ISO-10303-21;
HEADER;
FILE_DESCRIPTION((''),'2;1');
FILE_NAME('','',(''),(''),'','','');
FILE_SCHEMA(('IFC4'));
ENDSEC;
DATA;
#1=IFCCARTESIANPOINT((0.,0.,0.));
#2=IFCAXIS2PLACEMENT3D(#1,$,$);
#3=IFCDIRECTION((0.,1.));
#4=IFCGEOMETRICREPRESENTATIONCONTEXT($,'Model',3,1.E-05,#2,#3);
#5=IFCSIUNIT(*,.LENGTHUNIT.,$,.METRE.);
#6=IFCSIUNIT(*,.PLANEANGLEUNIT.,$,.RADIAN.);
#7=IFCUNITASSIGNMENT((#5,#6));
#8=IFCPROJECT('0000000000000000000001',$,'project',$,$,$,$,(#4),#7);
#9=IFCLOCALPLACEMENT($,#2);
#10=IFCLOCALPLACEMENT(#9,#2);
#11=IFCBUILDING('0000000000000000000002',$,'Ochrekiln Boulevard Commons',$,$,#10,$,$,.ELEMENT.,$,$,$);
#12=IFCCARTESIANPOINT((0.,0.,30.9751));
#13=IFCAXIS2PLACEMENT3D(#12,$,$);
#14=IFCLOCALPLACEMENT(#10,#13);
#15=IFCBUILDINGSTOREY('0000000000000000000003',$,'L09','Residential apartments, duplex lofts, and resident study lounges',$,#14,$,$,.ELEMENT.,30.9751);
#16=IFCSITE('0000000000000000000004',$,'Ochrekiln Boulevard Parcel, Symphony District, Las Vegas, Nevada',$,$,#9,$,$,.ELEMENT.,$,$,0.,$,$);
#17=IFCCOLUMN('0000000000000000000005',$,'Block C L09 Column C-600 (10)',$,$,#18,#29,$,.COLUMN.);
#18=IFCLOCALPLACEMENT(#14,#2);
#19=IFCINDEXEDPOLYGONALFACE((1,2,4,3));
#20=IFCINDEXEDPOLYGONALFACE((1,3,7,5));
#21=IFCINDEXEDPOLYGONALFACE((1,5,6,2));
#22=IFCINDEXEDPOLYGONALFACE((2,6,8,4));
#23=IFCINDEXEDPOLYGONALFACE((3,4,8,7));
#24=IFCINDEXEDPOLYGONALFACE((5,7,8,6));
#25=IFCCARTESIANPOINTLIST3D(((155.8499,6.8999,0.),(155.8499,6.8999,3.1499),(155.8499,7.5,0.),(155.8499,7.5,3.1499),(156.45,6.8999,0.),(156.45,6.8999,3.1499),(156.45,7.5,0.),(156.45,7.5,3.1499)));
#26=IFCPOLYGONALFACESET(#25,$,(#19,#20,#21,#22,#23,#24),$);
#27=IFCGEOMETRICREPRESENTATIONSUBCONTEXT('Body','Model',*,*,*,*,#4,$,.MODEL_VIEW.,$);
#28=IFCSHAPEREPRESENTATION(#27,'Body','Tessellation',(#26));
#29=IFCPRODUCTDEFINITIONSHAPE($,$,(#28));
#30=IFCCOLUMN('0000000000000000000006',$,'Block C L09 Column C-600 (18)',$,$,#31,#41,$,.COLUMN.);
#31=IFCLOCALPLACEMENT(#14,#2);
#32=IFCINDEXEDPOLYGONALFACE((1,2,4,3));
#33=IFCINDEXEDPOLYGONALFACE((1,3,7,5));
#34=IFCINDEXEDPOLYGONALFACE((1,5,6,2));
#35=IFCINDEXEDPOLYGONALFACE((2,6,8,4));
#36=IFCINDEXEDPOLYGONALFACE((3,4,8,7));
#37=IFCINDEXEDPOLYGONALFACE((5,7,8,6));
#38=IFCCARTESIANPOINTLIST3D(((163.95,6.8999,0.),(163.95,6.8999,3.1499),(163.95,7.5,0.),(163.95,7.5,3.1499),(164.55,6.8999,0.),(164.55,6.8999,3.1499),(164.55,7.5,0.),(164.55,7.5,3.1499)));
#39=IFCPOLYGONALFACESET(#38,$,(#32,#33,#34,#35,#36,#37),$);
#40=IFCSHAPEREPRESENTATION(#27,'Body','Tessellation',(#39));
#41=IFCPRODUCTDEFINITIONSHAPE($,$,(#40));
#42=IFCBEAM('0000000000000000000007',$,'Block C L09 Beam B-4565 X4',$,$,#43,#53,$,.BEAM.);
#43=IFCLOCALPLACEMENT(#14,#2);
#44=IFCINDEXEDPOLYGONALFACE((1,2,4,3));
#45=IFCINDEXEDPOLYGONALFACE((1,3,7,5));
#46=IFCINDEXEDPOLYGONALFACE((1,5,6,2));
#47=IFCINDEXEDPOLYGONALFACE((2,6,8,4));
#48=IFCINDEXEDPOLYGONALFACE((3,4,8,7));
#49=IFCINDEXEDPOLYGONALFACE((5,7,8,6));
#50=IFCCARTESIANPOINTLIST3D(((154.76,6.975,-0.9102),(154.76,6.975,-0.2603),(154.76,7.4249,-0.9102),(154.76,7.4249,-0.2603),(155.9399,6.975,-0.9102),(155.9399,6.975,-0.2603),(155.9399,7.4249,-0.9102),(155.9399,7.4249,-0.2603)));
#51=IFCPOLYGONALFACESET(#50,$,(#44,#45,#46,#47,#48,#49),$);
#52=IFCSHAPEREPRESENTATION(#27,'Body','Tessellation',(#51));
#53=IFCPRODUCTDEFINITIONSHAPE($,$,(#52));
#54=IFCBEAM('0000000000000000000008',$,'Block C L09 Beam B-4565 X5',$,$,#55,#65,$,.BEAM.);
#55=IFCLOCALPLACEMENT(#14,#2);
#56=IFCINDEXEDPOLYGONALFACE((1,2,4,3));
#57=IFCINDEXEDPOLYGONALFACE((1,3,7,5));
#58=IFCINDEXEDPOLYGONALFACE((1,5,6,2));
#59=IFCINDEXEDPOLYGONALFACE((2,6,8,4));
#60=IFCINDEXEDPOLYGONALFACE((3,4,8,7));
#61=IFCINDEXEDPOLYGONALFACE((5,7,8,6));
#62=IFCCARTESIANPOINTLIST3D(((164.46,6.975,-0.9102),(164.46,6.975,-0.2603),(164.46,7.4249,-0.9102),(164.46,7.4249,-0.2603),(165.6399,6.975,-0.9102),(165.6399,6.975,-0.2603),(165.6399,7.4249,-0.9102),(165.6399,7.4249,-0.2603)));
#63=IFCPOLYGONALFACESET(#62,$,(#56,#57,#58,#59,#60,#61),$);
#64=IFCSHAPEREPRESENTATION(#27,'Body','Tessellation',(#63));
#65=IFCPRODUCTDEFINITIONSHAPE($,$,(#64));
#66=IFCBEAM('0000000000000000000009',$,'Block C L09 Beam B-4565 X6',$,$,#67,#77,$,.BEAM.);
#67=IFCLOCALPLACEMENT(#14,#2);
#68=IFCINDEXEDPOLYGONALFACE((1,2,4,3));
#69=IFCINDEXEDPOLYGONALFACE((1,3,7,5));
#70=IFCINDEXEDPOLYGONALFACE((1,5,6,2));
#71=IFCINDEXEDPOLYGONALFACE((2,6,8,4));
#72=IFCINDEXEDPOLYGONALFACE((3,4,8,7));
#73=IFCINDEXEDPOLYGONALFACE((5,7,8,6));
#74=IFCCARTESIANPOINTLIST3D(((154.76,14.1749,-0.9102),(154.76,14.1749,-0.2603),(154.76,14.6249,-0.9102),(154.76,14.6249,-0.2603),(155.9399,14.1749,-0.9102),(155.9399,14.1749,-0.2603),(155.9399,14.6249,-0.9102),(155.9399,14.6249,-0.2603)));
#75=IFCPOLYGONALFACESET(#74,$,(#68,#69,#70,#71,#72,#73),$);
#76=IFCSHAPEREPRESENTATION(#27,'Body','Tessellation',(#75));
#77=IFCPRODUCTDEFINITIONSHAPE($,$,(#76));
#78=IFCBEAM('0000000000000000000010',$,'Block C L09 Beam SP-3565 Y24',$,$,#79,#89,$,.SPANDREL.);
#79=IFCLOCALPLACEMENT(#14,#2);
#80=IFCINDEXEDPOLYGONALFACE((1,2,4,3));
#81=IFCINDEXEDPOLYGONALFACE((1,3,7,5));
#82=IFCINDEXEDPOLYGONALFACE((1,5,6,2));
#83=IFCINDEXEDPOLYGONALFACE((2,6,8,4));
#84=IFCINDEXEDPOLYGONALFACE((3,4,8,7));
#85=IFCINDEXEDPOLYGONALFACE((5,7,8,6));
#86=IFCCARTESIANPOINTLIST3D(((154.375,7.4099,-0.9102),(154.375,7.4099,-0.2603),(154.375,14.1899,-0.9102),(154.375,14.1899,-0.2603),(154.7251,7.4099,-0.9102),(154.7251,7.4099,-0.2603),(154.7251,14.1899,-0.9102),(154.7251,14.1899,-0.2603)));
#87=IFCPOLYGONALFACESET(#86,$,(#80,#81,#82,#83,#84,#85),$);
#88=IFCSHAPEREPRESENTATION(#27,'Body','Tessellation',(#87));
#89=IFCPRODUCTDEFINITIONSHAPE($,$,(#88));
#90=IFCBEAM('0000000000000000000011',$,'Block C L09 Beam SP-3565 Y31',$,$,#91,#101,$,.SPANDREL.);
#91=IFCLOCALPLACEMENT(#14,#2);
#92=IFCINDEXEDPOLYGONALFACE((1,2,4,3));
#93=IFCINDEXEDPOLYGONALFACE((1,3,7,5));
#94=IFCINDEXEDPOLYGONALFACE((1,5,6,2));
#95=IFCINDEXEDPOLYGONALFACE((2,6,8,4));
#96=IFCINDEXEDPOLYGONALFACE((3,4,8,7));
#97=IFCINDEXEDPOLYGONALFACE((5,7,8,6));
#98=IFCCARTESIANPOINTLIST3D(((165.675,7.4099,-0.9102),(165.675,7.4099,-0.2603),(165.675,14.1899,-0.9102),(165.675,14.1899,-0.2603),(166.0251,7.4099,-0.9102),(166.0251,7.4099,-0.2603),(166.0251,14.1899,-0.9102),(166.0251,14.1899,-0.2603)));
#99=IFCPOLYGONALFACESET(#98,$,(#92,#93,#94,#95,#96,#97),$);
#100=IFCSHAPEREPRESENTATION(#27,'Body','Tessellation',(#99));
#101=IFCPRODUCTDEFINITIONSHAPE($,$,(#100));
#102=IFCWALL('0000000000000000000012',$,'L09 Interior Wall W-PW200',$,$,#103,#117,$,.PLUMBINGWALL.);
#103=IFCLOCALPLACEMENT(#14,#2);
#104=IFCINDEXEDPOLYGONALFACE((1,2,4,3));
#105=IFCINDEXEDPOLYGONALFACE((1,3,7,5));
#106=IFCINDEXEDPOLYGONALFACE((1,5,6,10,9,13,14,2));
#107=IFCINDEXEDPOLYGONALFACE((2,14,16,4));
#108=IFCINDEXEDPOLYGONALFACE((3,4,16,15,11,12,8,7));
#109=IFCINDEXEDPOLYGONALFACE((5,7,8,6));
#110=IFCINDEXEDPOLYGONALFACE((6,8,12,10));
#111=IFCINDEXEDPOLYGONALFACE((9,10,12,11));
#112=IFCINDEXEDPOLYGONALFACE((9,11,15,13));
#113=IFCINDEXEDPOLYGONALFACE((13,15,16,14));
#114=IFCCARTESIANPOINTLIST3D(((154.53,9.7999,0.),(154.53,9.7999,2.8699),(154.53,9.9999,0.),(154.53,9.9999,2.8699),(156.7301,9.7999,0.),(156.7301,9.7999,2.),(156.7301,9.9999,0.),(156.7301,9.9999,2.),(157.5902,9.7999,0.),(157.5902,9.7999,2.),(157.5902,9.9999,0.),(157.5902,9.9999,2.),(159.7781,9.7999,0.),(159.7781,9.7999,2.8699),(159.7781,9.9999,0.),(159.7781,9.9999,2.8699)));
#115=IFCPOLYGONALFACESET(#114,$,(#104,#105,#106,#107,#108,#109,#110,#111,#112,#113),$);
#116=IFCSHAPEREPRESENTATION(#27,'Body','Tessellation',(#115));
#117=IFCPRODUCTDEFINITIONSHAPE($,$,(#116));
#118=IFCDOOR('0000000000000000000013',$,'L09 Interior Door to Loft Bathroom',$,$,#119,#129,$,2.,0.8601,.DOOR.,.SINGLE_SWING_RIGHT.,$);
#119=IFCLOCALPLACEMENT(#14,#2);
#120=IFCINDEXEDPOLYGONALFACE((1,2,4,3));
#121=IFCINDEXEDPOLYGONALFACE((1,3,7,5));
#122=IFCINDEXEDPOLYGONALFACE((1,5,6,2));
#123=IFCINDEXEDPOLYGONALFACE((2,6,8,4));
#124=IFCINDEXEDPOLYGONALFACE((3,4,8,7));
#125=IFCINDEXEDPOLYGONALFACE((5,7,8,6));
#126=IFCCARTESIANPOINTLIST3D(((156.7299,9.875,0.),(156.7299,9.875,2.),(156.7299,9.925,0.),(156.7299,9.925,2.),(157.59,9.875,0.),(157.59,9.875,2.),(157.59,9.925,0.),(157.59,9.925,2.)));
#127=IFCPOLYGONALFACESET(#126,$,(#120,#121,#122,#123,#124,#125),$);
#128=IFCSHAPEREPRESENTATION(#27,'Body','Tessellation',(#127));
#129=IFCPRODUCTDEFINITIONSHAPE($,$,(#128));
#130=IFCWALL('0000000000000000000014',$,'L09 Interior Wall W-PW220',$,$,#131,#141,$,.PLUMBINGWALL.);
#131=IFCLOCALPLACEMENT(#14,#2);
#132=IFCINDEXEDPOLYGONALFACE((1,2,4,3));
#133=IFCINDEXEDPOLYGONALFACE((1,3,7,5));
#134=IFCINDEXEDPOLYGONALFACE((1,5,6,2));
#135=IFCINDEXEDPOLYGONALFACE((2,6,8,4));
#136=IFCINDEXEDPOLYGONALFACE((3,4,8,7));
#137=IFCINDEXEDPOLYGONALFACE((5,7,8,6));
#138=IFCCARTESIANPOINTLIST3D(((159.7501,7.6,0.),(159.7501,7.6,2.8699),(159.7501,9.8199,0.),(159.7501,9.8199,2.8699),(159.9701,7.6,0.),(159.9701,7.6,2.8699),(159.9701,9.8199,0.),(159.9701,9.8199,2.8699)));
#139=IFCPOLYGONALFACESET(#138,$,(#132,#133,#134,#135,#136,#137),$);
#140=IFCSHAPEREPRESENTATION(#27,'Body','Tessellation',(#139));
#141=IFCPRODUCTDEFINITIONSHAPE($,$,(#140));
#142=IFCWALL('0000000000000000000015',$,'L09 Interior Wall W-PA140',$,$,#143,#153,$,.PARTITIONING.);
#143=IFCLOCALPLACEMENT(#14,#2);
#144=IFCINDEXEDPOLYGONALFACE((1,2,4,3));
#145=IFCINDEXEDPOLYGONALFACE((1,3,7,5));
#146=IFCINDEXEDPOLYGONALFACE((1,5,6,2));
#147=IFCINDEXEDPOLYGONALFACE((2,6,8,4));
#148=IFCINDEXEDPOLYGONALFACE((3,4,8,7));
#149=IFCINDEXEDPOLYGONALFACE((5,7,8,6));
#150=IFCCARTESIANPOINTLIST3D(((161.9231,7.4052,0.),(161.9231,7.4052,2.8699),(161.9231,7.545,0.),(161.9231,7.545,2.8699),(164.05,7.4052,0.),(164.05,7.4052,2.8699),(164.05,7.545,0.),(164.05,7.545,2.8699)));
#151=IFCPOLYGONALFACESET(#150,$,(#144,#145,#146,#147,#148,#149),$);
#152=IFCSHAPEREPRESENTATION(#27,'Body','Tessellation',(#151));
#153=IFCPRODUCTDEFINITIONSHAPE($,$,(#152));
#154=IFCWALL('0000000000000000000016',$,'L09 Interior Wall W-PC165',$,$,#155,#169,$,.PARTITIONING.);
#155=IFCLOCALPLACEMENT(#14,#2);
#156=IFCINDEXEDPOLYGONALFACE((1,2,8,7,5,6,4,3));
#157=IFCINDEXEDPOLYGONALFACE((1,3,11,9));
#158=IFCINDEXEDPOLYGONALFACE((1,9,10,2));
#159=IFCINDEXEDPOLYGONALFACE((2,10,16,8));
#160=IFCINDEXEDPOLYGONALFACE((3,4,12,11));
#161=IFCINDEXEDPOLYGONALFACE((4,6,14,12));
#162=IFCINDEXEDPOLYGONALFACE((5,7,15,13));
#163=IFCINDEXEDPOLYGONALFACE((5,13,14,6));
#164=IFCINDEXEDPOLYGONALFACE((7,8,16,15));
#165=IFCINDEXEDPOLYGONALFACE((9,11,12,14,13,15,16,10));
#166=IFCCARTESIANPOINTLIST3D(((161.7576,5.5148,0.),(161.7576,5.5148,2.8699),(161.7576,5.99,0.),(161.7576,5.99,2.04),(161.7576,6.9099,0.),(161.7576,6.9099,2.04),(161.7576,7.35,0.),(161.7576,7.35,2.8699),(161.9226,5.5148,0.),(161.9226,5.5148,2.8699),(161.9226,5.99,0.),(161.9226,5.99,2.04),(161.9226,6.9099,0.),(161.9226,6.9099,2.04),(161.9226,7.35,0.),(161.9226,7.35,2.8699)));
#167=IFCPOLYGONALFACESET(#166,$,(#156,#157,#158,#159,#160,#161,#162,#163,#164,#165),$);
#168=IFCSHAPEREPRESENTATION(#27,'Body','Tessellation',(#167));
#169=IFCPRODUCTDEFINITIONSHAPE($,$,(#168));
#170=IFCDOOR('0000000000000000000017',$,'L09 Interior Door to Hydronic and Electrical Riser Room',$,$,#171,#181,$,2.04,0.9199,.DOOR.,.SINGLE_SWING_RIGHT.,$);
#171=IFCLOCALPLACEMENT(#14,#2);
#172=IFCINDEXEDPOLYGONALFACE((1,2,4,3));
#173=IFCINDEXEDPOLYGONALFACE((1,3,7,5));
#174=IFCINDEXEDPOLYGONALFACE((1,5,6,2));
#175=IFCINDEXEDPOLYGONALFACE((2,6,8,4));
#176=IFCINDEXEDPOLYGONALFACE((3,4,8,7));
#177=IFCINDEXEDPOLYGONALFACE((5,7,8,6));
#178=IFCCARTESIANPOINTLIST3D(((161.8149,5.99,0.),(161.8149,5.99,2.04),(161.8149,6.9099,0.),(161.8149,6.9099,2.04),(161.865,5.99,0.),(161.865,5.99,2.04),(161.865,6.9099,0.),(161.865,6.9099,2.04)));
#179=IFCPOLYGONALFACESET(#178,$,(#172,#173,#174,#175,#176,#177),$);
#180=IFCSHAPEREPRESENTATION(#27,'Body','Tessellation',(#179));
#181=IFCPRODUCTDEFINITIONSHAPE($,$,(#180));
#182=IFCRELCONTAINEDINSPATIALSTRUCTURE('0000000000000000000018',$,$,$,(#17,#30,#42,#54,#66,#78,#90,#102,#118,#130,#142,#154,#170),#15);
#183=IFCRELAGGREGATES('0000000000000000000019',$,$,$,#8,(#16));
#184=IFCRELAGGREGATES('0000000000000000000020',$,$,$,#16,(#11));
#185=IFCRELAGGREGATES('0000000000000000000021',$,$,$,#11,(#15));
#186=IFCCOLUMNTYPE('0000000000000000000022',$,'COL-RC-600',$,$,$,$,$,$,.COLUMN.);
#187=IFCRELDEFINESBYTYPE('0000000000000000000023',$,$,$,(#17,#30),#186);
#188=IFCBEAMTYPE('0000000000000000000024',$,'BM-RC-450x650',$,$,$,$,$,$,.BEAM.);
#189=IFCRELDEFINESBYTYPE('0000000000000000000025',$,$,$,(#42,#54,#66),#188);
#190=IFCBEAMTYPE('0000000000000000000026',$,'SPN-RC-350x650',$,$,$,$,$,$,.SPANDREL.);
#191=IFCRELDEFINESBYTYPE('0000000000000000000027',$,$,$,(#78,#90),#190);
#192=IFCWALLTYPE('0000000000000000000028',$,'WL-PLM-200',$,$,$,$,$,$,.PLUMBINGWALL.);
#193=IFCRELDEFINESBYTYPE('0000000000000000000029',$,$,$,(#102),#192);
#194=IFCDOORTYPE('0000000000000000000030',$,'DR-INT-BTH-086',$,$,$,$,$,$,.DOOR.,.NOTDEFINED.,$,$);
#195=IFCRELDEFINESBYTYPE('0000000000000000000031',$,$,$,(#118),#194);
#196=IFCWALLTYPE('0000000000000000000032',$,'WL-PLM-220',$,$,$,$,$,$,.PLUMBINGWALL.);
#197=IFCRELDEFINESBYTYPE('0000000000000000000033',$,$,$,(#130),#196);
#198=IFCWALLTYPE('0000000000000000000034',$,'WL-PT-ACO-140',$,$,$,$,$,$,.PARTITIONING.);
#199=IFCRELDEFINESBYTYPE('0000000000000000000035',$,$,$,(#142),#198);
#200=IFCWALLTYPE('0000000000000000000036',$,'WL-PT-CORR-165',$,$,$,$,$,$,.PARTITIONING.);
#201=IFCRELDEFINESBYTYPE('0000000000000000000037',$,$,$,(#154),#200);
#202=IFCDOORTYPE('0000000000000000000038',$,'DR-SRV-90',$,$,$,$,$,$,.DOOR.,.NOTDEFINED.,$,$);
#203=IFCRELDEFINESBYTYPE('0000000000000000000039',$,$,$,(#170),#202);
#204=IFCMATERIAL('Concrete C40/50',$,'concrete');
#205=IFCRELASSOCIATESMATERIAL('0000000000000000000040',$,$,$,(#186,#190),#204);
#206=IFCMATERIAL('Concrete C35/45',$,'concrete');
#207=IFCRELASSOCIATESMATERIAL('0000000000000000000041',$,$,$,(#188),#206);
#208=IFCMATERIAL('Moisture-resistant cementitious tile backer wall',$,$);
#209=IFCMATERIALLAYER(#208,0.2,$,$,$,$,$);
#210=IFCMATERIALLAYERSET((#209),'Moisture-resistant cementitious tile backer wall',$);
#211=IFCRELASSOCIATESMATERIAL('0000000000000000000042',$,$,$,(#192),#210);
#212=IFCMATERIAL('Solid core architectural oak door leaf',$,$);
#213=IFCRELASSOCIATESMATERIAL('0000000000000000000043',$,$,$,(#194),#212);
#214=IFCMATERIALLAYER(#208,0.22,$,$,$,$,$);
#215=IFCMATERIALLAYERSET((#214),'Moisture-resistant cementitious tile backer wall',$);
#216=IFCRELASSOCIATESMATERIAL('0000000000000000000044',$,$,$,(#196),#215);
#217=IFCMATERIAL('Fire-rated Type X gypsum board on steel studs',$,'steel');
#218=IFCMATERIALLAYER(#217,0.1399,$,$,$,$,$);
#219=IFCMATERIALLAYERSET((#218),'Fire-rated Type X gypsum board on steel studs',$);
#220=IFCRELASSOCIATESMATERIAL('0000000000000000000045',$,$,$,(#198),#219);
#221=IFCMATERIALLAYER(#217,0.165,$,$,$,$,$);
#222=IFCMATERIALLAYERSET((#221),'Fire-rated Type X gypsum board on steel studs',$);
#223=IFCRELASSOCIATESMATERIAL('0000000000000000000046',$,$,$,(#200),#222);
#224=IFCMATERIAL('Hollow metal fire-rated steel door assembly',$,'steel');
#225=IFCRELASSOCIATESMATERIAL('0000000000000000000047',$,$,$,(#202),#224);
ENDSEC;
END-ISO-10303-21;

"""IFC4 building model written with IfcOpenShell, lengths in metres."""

from ifc_helpers import new_model, si_unit, direction, frame, frame_2d, origin, origin_2d, place, context, subcontext, project, spatial, rectangle, extrude, material, layer, layer_set, material_profile, profile_set, type_object, element, fill, save


model = new_model("IFC4")

# Units and contexts
model_context = context("Model", 3, precision=1e-05, world=origin(), true_north=direction((0.0, 1.0)))
body_context = subcontext(model_context, "Body", "Model", "MODEL_VIEW")
ifc_project = project(units=[si_unit("LENGTHUNIT", "METRE"), si_unit("PLANEANGLEUNIT", "RADIAN")], contexts=[model_context])

# Site, building, storey
site_placement = place(None, origin())
site = spatial("IfcSite", under=ifc_project, at=site_placement, Name="Ochrekiln Boulevard Parcel, Symphony District, Las Vegas, Nevada", CompositionType="ELEMENT", RefElevation=0.0)
building_placement = place(site_placement, origin())
building = spatial("IfcBuilding", under=site, at=building_placement, Name="Ochrekiln Boulevard Commons", CompositionType="ELEMENT")
storey_placement = place(building_placement, frame((0.0, 0.0, 30.9751)))
storey = spatial("IfcBuildingStorey", under=building, at=storey_placement, Name="L09", Description="Residential apartments, duplex lofts, and resident study lounges", CompositionType="ELEMENT", Elevation=30.9751)

# Columns
ifc_material_1 = material(Name="Concrete C40/50", Category="concrete")
ifc_material_profile_1 = material_profile(ifc_material_1, rectangle(XDim=0.6001, YDim=0.6001, at=origin_2d()), Name="RC-COL-600x600")
ifc_profile_set_1 = profile_set([ifc_material_profile_1], Name="Concrete C40/50")
column_type = type_object("IfcColumnType", Name="COL-RC-600", PredefinedType="COLUMN", material=ifc_profile_set_1)
for number, where, z_axis, x_axis, name in (
    (1, (156.1499, 7.2, 0.0), (0.0, 0.0, 1.0), (1.0, 0.0, 0.0), "Block C L09 Column C-600 (10)"),
    (2, (164.25, 7.2, 0.0), (0.0, 0.0, 1.0), (1.0, 0.0, 0.0), "Block C L09 Column C-600 (18)"),
):
    element("IfcColumn", number, at=place(storey_placement, frame(where, z_axis=z_axis, x_axis=x_axis)), inside=storey, type_object=column_type, Name=name, PredefinedType="COLUMN", context=body_context, shape_type="SweptSolid", body=[
        extrude(rectangle(XDim=0.6001, YDim=0.6001, at=origin_2d()), origin(), (0.0, 0.0, 1.0), 3.1499),
    ])

# Beams
ifc_material_2 = material(Name="Concrete C35/45", Category="concrete")
ifc_material_profile_2 = material_profile(ifc_material_2, rectangle(XDim=0.45, YDim=0.6499, at=origin_2d()), Name="RC-BM-450x650")
ifc_profile_set_2 = profile_set([ifc_material_profile_2], Name="Concrete C35/45")
beam_type_1 = type_object("IfcBeamType", Name="BM-RC-450x650", PredefinedType="BEAM", material=ifc_profile_set_2)
for number, where, z_axis, x_axis, name in (
    (3, (154.76, 7.2, -0.5852), (1.0, 0.0, 0.0), (0.0, 1.0, 0.0), "Block C L09 Beam B-4565 X4"),
    (4, (164.46, 7.2, -0.5852), (1.0, 0.0, 0.0), (0.0, 1.0, 0.0), "Block C L09 Beam B-4565 X5"),
    (5, (154.76, 14.3999, -0.5852), (1.0, 0.0, 0.0), (0.0, 1.0, 0.0), "Block C L09 Beam B-4565 X6"),
):
    element("IfcBeam", number, at=place(storey_placement, frame(where, z_axis=z_axis, x_axis=x_axis)), inside=storey, type_object=beam_type_1, Name=name, PredefinedType="BEAM", context=body_context, shape_type="SweptSolid", body=[
        extrude(rectangle(XDim=0.45, YDim=0.6499, at=origin_2d()), origin(), (0.0, 0.0, 1.0), 1.1799),
    ])
ifc_material_profile_3 = material_profile(ifc_material_1, rectangle(XDim=0.3501, YDim=0.6499, at=origin_2d()), Name="RC-SPN-350x650")
ifc_profile_set_3 = profile_set([ifc_material_profile_3], Name="Concrete C40/50")
beam_type_2 = type_object("IfcBeamType", Name="SPN-RC-350x650", PredefinedType="SPANDREL", material=ifc_profile_set_3)
for number, where, z_axis, x_axis, name in (
    (6, (154.55, 7.4099, -0.5852), (0.0, 1.0, 0.0), (-1.0, 0.0, 0.0), "Block C L09 Beam SP-3565 Y24"),
    (7, (165.8501, 7.4099, -0.5852), (0.0, 1.0, 0.0), (-1.0, 0.0, 0.0), "Block C L09 Beam SP-3565 Y31"),
):
    element("IfcBeam", number, at=place(storey_placement, frame(where, z_axis=z_axis, x_axis=x_axis)), inside=storey, type_object=beam_type_2, Name=name, PredefinedType="SPANDREL", context=body_context, shape_type="SweptSolid", body=[
        extrude(rectangle(XDim=0.3501, YDim=0.6499, at=origin_2d()), origin(), (0.0, 0.0, 1.0), 6.78),
    ])

# Wall, opening, door
ifc_material_3 = material(Name="Moisture-resistant cementitious tile backer wall")
ifc_layer_1 = layer(ifc_material_3, 0.2)
ifc_layer_set_1 = layer_set([ifc_layer_1], Name="Moisture-resistant cementitious tile backer wall")
wall_type_1 = type_object("IfcWallType", Name="WL-PLM-200", PredefinedType="PLUMBINGWALL", material=ifc_layer_set_1)
wall_1_placement = place(storey_placement, frame((154.53, 9.8999, 0.0), z_axis=(0.0, 0.0, 1.0), x_axis=(1.0, 0.0, 0.0)))
wall_1 = element("IfcWall", 8, at=wall_1_placement, inside=storey, type_object=wall_type_1, Name="L09 Interior Wall W-PW200", PredefinedType="PLUMBINGWALL", context=body_context, shape_type="SweptSolid", body=[
    extrude(rectangle(XDim=5.248, YDim=0.2, at=frame_2d((2.624, 0.0))), origin(), (0.0, 0.0, 1.0), 2.8699),
])
opening_1_placement = place(wall_1_placement, frame((2.2, 0.0, 0.0)))
opening_1 = element("IfcOpeningElement", 9, at=opening_1_placement, cuts=wall_1, PredefinedType="OPENING", context=body_context, shape_type="SweptSolid", body=[
    extrude(rectangle(XDim=0.8601, YDim=2.0, at=frame_2d((0.4302, 1.0))), frame((0.0, 0.1099, 0.0), z_axis=(0.0, -1.0, 0.0), x_axis=(1.0, 0.0, 0.0)), (0.0, 0.0, 1.0), 0.22),
])
ifc_material_4 = material(Name="Solid core architectural oak door leaf")
door_type_1 = type_object("IfcDoorType", Name="DR-INT-BTH-086", OperationType="NOTDEFINED", PredefinedType="DOOR", material=ifc_material_4)
door_1_placement = place(opening_1_placement, frame((0.8601, 0.0, 0.0), z_axis=(0.0, 0.0, 1.0), x_axis=(-1.0, 0.0, 0.0)))
door_1 = element("IfcDoor", 10, at=door_1_placement, inside=storey, type_object=door_type_1, Name="L09 Interior Door to Loft Bathroom", OperationType="SINGLE_SWING_RIGHT", OverallHeight=2.0, OverallWidth=0.8601, PredefinedType="DOOR", context=body_context, shape_type="SweptSolid", body=[
    extrude(rectangle(XDim=0.8601, YDim=2.0, at=frame_2d((0.4302, 1.0))), frame((0.0, 0.0249, 0.0), z_axis=(0.0, -1.0, 0.0), x_axis=(1.0, 0.0, 0.0)), (0.0, 0.0, 1.0), 0.05),
])
fill(opening_1, door_1)

# Walls
ifc_layer_2 = layer(ifc_material_3, 0.22)
ifc_layer_set_2 = layer_set([ifc_layer_2], Name="Moisture-resistant cementitious tile backer wall")
wall_type_2 = type_object("IfcWallType", Name="WL-PLM-220", PredefinedType="PLUMBINGWALL", material=ifc_layer_set_2)
wall_2_placement = place(storey_placement, frame((159.8601, 7.6001, 0.0), z_axis=(0.0, 0.0, 1.0), x_axis=(0.0, 1.0, 0.0)))
element("IfcWall", 11, at=wall_2_placement, inside=storey, type_object=wall_type_2, Name="L09 Interior Wall W-PW220", PredefinedType="PLUMBINGWALL", context=body_context, shape_type="SweptSolid", body=[
    extrude(rectangle(XDim=2.22, YDim=0.22, at=frame_2d((1.1099, 0.0))), origin(), (0.0, 0.0, 1.0), 2.8699),
])
ifc_material_5 = material(Name="Fire-rated Type X gypsum board on steel studs", Category="steel")
ifc_layer_3 = layer(ifc_material_5, 0.1399)
ifc_layer_set_3 = layer_set([ifc_layer_3], Name="Fire-rated Type X gypsum board on steel studs")
wall_type_3 = type_object("IfcWallType", Name="WL-PT-ACO-140", PredefinedType="PARTITIONING", material=ifc_layer_set_3)
wall_3_placement = place(storey_placement, frame((161.9231, 7.4751, 0.0), z_axis=(0.0, 0.0, 1.0), x_axis=(1.0, 0.0, 0.0)))
element("IfcWall", 12, at=wall_3_placement, inside=storey, type_object=wall_type_3, Name="L09 Interior Wall W-PA140", PredefinedType="PARTITIONING", context=body_context, shape_type="SweptSolid", body=[
    extrude(rectangle(XDim=2.127, YDim=0.1399, at=frame_2d((1.0635, 0.0))), origin(), (0.0, 0.0, 1.0), 2.8699),
])

# Wall, opening, door
ifc_layer_4 = layer(ifc_material_5, 0.165)
ifc_layer_set_4 = layer_set([ifc_layer_4], Name="Fire-rated Type X gypsum board on steel studs")
wall_type_4 = type_object("IfcWallType", Name="WL-PT-CORR-165", PredefinedType="PARTITIONING", material=ifc_layer_set_4)
wall_4_placement = place(storey_placement, frame((161.8401, 5.5149, 0.0), z_axis=(0.0, 0.0, 1.0), x_axis=(0.0, 1.0, 0.0)))
wall_4 = element("IfcWall", 13, at=wall_4_placement, inside=storey, type_object=wall_type_4, Name="L09 Interior Wall W-PC165", PredefinedType="PARTITIONING", context=body_context, shape_type="SweptSolid", body=[
    extrude(rectangle(XDim=1.8352, YDim=0.165, at=frame_2d((0.9175, 0.0))), origin(), (0.0, 0.0, 1.0), 2.8699),
])
opening_2_placement = place(wall_4_placement, frame((0.4751, 0.0, 0.0)))
opening_2 = element("IfcOpeningElement", 14, at=opening_2_placement, cuts=wall_4, PredefinedType="OPENING", context=body_context, shape_type="SweptSolid", body=[
    extrude(rectangle(XDim=0.9199, YDim=2.04, at=frame_2d((0.46, 1.02))), frame((0.0, 0.0925, 0.0), z_axis=(0.0, -1.0, 0.0), x_axis=(1.0, 0.0, 0.0)), (0.0, 0.0, 1.0), 0.1851),
])
ifc_material_6 = material(Name="Hollow metal fire-rated steel door assembly", Category="steel")
door_type_2 = type_object("IfcDoorType", Name="DR-SRV-90", OperationType="NOTDEFINED", PredefinedType="DOOR", material=ifc_material_6)
door_2_placement = place(opening_2_placement, frame((0.9199, 0.0, 0.0), z_axis=(0.0, 0.0, 1.0), x_axis=(-1.0, 0.0, 0.0)))
door_2 = element("IfcDoor", 15, at=door_2_placement, inside=storey, type_object=door_type_2, Name="L09 Interior Door to Hydronic and Electrical Riser Room", OperationType="SINGLE_SWING_RIGHT", OverallHeight=2.04, OverallWidth=0.9199, PredefinedType="DOOR", context=body_context, shape_type="SweptSolid", body=[
    extrude(rectangle(XDim=0.9199, YDim=2.04, at=frame_2d((0.46, 1.02))), frame((0.0, 0.0249, 0.0), z_axis=(0.0, -1.0, 0.0), x_axis=(1.0, 0.0, 0.0)), (0.0, 0.0, 1.0), 0.05),
])
fill(opening_2, door_2)

save(model, "model.ifc")
